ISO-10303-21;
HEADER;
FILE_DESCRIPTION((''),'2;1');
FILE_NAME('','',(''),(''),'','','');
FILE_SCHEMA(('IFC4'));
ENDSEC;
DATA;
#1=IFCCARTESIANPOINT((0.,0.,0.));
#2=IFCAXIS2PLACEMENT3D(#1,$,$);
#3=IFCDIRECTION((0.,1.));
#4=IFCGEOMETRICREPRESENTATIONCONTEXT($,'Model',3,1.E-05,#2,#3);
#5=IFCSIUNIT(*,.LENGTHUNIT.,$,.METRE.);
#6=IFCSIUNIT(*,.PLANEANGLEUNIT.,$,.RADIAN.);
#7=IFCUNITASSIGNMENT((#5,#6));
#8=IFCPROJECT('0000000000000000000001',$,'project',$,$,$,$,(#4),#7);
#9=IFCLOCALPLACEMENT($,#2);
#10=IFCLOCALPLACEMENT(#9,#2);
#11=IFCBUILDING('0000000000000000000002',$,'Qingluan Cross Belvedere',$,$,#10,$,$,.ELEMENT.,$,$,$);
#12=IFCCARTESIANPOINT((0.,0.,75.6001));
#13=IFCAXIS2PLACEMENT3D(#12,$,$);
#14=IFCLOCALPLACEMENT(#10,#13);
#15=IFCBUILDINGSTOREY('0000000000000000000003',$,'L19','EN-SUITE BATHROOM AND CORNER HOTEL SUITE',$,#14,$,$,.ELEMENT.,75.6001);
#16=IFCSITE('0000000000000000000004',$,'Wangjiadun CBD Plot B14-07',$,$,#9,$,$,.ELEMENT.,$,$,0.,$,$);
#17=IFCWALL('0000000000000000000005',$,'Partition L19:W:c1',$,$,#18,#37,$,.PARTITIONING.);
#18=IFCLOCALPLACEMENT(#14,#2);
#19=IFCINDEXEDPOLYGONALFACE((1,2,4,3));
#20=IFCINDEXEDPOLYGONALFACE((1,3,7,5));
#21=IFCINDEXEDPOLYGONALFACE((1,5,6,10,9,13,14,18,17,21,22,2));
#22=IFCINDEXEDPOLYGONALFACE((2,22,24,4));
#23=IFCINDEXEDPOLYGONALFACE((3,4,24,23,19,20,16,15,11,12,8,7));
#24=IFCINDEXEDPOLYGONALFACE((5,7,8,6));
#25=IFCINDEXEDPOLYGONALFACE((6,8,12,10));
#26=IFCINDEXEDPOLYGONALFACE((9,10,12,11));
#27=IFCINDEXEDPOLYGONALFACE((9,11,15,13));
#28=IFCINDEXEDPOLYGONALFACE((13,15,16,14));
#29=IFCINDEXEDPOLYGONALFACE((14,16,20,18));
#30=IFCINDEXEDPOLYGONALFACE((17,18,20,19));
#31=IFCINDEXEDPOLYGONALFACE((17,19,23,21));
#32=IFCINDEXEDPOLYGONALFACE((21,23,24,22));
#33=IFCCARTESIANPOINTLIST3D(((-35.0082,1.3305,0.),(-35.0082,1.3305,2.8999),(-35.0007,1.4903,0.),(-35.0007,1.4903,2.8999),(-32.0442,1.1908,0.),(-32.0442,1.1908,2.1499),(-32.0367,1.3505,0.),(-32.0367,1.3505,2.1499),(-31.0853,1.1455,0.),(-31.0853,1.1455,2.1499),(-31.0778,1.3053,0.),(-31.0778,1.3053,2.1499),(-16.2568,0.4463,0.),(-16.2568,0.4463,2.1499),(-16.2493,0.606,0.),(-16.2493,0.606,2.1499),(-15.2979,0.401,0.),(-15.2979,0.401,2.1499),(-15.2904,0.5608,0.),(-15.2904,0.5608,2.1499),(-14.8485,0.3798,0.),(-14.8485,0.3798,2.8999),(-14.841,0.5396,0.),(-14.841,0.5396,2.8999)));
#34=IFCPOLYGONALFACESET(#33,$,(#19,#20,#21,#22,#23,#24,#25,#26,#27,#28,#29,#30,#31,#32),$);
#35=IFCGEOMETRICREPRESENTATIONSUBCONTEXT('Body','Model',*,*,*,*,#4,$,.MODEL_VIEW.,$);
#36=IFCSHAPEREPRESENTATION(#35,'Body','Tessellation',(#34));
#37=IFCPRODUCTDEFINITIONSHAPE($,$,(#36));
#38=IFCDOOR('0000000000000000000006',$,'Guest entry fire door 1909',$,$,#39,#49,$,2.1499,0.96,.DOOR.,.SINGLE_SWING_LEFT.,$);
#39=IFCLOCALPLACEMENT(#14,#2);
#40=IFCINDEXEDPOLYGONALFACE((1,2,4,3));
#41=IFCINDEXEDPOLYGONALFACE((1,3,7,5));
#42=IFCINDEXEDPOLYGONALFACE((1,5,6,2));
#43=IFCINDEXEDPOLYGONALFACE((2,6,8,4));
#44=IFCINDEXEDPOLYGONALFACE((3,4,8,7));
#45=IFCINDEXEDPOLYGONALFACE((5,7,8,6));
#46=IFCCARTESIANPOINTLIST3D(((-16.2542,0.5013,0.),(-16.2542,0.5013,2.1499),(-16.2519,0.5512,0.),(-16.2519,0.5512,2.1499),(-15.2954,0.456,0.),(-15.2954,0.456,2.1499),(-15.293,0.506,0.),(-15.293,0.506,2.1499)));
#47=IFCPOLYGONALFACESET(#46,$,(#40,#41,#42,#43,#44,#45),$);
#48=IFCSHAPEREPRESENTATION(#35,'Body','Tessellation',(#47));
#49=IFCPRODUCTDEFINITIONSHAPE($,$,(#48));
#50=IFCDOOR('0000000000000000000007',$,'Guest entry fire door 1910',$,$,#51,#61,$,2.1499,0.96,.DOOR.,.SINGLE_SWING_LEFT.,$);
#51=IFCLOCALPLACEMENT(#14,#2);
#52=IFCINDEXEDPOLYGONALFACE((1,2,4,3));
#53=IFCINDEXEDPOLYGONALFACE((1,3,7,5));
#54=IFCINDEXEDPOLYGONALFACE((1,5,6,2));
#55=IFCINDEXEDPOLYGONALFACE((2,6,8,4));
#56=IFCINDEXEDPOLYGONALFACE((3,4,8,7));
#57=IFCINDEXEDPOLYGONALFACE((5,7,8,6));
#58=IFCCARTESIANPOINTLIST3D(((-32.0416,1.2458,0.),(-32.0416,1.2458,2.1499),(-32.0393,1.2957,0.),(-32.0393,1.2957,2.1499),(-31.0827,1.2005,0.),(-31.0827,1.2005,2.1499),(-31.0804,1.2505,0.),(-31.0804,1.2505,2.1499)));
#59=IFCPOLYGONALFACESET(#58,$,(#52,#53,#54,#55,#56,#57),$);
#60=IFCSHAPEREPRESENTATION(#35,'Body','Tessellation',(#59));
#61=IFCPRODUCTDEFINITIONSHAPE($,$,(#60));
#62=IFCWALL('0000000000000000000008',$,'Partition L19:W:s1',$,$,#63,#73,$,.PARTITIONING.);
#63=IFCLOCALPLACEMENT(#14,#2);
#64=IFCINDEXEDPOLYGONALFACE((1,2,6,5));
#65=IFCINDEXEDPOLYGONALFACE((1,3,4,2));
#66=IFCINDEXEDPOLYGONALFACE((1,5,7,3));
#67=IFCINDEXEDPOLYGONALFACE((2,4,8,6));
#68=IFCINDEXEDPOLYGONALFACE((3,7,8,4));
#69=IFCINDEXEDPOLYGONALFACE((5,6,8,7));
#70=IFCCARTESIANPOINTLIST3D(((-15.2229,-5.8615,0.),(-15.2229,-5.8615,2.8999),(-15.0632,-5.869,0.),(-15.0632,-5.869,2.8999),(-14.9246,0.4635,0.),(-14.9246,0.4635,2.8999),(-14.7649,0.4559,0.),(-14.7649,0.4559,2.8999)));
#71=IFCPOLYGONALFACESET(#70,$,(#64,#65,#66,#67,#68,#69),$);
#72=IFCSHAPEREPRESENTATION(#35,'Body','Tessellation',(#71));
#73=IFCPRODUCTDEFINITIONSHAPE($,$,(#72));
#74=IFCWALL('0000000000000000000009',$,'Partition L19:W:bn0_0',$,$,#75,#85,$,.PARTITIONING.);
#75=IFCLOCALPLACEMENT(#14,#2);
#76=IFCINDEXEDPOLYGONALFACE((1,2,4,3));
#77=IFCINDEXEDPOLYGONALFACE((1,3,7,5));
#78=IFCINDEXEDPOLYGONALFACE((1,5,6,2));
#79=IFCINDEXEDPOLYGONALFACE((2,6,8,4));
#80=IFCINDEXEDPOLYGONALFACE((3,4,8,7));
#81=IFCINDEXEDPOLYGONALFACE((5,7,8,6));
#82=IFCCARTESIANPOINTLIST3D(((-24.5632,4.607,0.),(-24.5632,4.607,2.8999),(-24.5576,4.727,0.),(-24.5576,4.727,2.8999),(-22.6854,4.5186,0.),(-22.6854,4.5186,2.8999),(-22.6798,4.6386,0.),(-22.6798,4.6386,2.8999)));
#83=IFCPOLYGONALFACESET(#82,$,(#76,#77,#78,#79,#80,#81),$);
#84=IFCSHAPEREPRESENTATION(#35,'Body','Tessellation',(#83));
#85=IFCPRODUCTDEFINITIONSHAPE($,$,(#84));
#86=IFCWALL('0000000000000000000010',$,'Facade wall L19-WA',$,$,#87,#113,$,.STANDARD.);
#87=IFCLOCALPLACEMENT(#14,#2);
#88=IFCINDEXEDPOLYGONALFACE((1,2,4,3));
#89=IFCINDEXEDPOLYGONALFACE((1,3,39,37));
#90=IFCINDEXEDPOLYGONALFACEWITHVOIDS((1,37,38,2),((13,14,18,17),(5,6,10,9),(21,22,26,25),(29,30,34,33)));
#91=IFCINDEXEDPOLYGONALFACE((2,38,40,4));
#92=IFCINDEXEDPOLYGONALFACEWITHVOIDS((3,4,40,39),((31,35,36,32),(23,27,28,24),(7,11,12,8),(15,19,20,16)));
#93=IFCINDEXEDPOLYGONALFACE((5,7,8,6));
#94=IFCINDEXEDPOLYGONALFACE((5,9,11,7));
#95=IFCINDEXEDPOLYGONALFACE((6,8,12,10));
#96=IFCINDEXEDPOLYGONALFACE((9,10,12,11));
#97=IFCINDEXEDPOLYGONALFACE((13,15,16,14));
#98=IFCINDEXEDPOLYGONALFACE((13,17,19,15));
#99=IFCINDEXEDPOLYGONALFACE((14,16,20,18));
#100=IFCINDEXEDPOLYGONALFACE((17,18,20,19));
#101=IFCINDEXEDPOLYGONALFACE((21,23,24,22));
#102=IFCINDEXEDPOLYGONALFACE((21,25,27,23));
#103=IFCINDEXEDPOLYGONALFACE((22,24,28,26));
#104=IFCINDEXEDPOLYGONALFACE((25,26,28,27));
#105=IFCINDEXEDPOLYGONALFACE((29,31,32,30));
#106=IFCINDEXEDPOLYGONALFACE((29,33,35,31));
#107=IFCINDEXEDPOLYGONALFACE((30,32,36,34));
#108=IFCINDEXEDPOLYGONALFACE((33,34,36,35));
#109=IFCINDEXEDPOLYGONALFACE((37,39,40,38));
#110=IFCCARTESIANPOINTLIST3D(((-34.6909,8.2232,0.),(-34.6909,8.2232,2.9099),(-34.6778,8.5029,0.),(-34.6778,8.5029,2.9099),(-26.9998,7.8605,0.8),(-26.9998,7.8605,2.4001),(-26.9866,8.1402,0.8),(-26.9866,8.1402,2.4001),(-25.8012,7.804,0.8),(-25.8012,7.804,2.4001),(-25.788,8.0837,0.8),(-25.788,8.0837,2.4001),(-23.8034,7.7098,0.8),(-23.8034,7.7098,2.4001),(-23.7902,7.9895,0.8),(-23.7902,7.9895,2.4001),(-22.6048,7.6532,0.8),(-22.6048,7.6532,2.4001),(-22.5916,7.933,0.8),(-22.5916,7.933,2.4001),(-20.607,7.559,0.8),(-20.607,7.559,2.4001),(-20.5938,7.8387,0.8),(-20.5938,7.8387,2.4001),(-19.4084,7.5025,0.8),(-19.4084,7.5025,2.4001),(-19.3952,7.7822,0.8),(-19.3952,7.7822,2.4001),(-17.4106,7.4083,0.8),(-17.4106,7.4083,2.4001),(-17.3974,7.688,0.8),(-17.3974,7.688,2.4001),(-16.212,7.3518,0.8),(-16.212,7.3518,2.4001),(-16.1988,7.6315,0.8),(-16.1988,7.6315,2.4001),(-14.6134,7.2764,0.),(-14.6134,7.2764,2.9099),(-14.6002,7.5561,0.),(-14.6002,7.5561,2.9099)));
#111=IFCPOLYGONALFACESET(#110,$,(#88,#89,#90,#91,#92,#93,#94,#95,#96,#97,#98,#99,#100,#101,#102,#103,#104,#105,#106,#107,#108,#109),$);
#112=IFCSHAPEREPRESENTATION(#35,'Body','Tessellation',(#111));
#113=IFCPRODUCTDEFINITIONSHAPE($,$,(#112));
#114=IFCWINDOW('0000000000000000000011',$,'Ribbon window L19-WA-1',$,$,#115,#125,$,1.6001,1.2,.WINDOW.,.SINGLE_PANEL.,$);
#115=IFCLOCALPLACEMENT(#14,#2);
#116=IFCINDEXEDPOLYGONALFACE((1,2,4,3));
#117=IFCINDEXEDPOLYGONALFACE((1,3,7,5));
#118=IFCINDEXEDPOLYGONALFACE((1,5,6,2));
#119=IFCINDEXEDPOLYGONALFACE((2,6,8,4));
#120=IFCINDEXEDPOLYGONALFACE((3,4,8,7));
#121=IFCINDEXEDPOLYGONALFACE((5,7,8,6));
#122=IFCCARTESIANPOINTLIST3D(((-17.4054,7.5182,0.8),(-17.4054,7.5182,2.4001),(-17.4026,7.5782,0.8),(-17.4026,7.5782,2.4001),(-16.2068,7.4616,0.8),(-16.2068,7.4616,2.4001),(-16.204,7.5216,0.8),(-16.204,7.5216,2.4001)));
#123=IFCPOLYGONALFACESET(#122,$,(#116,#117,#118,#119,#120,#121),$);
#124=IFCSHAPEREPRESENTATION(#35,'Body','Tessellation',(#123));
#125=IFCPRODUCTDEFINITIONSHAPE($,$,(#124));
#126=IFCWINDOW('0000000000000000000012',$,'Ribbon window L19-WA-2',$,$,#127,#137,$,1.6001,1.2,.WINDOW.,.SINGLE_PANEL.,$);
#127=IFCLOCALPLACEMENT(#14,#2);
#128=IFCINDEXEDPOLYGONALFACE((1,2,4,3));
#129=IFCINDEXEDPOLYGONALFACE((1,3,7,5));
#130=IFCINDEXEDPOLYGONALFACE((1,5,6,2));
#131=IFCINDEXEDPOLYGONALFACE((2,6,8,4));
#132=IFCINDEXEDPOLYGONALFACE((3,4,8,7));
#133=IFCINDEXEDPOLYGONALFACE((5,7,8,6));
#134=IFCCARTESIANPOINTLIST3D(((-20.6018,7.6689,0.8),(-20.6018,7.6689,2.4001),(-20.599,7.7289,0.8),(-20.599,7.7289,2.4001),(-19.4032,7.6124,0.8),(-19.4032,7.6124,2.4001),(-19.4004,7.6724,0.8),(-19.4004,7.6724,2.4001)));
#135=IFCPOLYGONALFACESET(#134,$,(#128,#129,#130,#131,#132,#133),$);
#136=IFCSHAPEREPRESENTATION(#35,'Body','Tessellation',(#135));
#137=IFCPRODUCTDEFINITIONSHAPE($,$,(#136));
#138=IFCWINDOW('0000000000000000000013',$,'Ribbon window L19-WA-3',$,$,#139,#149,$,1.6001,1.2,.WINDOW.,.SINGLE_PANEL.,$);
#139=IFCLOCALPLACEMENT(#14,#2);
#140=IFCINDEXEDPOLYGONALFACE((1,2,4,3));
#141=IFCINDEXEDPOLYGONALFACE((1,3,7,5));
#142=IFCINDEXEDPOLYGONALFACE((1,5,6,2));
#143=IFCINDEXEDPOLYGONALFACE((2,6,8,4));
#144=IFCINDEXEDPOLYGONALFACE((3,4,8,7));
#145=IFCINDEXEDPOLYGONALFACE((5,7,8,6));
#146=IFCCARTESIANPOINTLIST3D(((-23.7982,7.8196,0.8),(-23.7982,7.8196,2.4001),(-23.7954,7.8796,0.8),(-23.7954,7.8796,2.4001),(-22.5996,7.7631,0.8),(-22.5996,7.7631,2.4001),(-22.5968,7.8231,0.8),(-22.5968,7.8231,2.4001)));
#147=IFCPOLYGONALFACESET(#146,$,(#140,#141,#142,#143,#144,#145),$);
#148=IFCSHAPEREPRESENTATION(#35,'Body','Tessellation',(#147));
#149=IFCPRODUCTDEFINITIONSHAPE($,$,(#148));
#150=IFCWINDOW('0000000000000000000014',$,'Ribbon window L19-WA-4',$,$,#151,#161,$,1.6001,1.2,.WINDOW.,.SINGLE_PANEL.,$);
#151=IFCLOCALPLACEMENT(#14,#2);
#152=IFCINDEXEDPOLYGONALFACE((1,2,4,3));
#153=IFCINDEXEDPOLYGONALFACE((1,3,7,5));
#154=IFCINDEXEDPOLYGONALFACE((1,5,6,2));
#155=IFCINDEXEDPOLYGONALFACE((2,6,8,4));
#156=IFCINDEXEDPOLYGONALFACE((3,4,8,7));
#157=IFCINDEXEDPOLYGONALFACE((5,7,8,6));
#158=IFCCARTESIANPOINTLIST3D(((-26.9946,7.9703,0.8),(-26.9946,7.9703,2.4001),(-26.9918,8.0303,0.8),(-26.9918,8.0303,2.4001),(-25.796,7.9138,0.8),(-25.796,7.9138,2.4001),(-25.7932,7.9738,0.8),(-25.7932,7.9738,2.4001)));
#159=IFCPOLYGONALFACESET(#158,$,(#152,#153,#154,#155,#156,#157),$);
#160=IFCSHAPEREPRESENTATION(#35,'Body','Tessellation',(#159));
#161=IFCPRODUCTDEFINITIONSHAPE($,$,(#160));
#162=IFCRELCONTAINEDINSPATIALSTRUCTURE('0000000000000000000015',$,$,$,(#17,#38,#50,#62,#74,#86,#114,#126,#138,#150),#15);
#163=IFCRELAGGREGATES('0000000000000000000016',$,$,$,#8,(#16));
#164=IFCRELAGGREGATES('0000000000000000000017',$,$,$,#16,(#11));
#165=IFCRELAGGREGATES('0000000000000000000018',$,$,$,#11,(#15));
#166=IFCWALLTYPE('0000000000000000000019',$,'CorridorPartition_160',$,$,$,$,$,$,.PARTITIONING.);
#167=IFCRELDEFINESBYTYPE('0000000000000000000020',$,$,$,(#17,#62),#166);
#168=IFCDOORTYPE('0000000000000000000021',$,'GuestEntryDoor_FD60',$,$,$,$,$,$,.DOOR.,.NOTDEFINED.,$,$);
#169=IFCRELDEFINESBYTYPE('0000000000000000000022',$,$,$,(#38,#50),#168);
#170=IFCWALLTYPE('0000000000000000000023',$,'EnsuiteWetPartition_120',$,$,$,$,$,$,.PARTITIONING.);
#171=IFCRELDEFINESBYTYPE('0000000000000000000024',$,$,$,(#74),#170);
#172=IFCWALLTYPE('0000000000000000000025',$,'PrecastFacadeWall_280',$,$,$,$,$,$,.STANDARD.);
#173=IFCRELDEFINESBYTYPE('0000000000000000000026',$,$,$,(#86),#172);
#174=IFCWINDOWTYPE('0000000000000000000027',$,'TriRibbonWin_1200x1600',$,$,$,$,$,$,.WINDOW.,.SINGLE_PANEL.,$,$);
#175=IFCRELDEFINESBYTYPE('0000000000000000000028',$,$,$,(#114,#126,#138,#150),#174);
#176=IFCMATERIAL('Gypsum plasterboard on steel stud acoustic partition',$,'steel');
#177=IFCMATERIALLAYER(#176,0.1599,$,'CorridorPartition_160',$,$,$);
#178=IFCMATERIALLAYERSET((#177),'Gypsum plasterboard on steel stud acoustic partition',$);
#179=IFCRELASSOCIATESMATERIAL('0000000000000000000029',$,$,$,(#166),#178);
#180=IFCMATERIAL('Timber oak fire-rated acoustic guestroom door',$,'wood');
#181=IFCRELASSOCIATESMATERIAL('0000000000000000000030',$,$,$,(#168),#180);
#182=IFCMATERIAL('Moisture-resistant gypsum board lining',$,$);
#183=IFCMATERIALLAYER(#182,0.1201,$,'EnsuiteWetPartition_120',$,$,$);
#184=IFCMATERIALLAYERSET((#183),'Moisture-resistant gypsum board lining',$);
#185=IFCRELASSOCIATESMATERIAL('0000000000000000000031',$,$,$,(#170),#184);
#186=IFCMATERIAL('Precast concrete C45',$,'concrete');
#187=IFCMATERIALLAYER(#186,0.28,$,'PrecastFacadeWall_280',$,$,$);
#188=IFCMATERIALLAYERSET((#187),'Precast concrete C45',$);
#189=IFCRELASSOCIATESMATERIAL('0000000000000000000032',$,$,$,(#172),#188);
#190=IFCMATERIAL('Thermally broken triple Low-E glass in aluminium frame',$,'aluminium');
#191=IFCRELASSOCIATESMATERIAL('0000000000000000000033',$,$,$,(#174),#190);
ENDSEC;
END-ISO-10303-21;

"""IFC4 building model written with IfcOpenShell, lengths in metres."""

from ifc_helpers import new_model, si_unit, direction, frame, frame_2d, origin, place, context, subcontext, project, spatial, rectangle, extrude, material, layer, layer_set, type_object, element, fill, save


model = new_model("IFC4")

# Units and contexts
model_context = context("Model", 3, precision=1e-05, world=origin(), true_north=direction((0.0, 1.0)))
body_context = subcontext(model_context, "Body", "Model", "MODEL_VIEW")
ifc_project = project(units=[si_unit("LENGTHUNIT", "METRE"), si_unit("PLANEANGLEUNIT", "RADIAN")], contexts=[model_context])

# Site, building, storey
site_placement = place(None, origin())
site = spatial("IfcSite", under=ifc_project, at=site_placement, Name="Wangjiadun CBD Plot B14-07", CompositionType="ELEMENT", RefElevation=0.0)
building_placement = place(site_placement, origin())
building = spatial("IfcBuilding", under=site, at=building_placement, Name="Qingluan Cross Belvedere", CompositionType="ELEMENT")
storey_placement = place(building_placement, frame((0.0, 0.0, 75.6001)))
storey = spatial("IfcBuildingStorey", under=building, at=storey_placement, Name="L19", Description="EN-SUITE BATHROOM AND CORNER HOTEL SUITE", CompositionType="ELEMENT", Elevation=75.6001)

# Shared definitions
ifc_material_1 = material(Name="Gypsum plasterboard on steel stud acoustic partition", Category="steel")
ifc_layer_1 = layer(ifc_material_1, 0.1599, Name="CorridorPartition_160")
ifc_layer_set_1 = layer_set([ifc_layer_1], Name="Gypsum plasterboard on steel stud acoustic partition")
wall_type_1 = type_object("IfcWallType", Name="CorridorPartition_160", PredefinedType="PARTITIONING", material=ifc_layer_set_1)
ifc_material_2 = material(Name="Timber oak fire-rated acoustic guestroom door", Category="wood")
door_type = type_object("IfcDoorType", Name="GuestEntryDoor_FD60", OperationType="NOTDEFINED", PredefinedType="DOOR", material=ifc_material_2)

# Wall, openings, doors
wall_1_placement = place(storey_placement, frame((-14.8447, 0.4597, 0.0), z_axis=(0.0, 0.0, 1.0), x_axis=(-0.99889, 0.047105, 0.0)))
wall_1 = element("IfcWall", 1, at=wall_1_placement, inside=storey, type_object=wall_type_1, Name="Partition L19:W:c1", PredefinedType="PARTITIONING", context=body_context, shape_type="SweptSolid", body=[
    extrude(rectangle(XDim=20.1821, YDim=0.1599, at=frame_2d((10.0911, 0.0))), origin(), (0.0, 0.0, 1.0), 2.8999),
])
opening_1_placement = place(wall_1_placement, frame((0.45, 0.0, 0.0)))
opening_1 = element("IfcOpeningElement", 2, at=opening_1_placement, cuts=wall_1, PredefinedType="OPENING", context=body_context, shape_type="SweptSolid", body=[
    extrude(rectangle(XDim=0.96, YDim=2.1499, at=frame_2d((0.48, 1.075))), frame((0.0, 0.0898, 0.0), z_axis=(0.0, -1.0, 0.0), x_axis=(1.0, 0.0, 0.0)), (0.0, 0.0, 1.0), 0.1799),
])
opening_2_placement = place(wall_1_placement, frame((16.2549, 0.0, 0.0)))
opening_2 = element("IfcOpeningElement", 3, at=opening_2_placement, cuts=wall_1, PredefinedType="OPENING", context=body_context, shape_type="SweptSolid", body=[
    extrude(rectangle(XDim=0.96, YDim=2.1499, at=frame_2d((0.48, 1.075))), frame((0.0, 0.0898, 0.0), z_axis=(0.0, -1.0, 0.0), x_axis=(1.0, 0.0, 0.0)), (0.0, 0.0, 1.0), 0.1799),
])
door_1_placement = place(opening_1_placement, origin())
door_1 = element("IfcDoor", 4, at=door_1_placement, inside=storey, type_object=door_type, Name="Guest entry fire door 1909", OperationType="SINGLE_SWING_LEFT", OverallHeight=2.1499, OverallWidth=0.96, PredefinedType="DOOR", context=body_context, shape_type="SweptSolid", body=[
    extrude(rectangle(XDim=0.96, YDim=2.1499, at=frame_2d((0.48, 1.075))), frame((0.0, 0.0249, 0.0), z_axis=(0.0, -1.0, 0.0), x_axis=(1.0, 0.0, 0.0)), (0.0, 0.0, 1.0), 0.05),
])
fill(opening_1, door_1)
door_2_placement = place(opening_2_placement, origin())
door_2 = element("IfcDoor", 5, at=door_2_placement, inside=storey, type_object=door_type, Name="Guest entry fire door 1910", OperationType="SINGLE_SWING_LEFT", OverallHeight=2.1499, OverallWidth=0.96, PredefinedType="DOOR", context=body_context, shape_type="SweptSolid", body=[
    extrude(rectangle(XDim=0.96, YDim=2.1499, at=frame_2d((0.48, 1.075))), frame((0.0, 0.0249, 0.0), z_axis=(0.0, -1.0, 0.0), x_axis=(1.0, 0.0, 0.0)), (0.0, 0.0, 1.0), 0.05),
])
fill(opening_2, door_2)

# Walls
wall_2_placement = place(storey_placement, frame((-14.8447, 0.4597, 0.0), z_axis=(0.0, 0.0, 1.0), x_axis=(-0.047116, -0.998889, 0.0)))
element("IfcWall", 6, at=wall_2_placement, inside=storey, type_object=wall_type_1, Name="Partition L19:W:s1", PredefinedType="PARTITIONING", context=body_context, shape_type="SweptSolid", body=[
    extrude(rectangle(XDim=6.332, YDim=0.1599, at=frame_2d((3.166, 0.0))), origin(), (0.0, 0.0, 1.0), 2.8999),
])
ifc_material_3 = material(Name="Moisture-resistant gypsum board lining")
ifc_layer_2 = layer(ifc_material_3, 0.1201, Name="EnsuiteWetPartition_120")
ifc_layer_set_2 = layer_set([ifc_layer_2], Name="Moisture-resistant gypsum board lining")
wall_type_2 = type_object("IfcWallType", Name="EnsuiteWetPartition_120", PredefinedType="PARTITIONING", material=ifc_layer_set_2)
wall_3_placement = place(storey_placement, frame((-22.6826, 4.5786, 0.0), z_axis=(0.0, 0.0, 1.0), x_axis=(-0.998894, 0.047016, 0.0)))
element("IfcWall", 7, at=wall_3_placement, inside=storey, type_object=wall_type_2, Name="Partition L19:W:bn0_0", PredefinedType="PARTITIONING", context=body_context, shape_type="SweptSolid", body=[
    extrude(rectangle(XDim=1.8799, YDim=0.1201, at=frame_2d((0.9399, 0.0))), origin(), (0.0, 0.0, 1.0), 2.8999),
])

# Wall, openings, windows
ifc_material_4 = material(Name="Precast concrete C45", Category="concrete")
ifc_layer_3 = layer(ifc_material_4, 0.28, Name="PrecastFacadeWall_280")
ifc_layer_set_3 = layer_set([ifc_layer_3], Name="Precast concrete C45")
wall_type_3 = type_object("IfcWallType", Name="PrecastFacadeWall_280", PredefinedType="STANDARD", material=ifc_layer_set_3)
wall_4_placement = place(storey_placement, frame((-14.6069, 7.4163, 0.0), z_axis=(0.0, 0.0, 1.0), x_axis=(-0.99889, 0.047103, 0.0)))
wall_4 = element("IfcWall", 8, at=wall_4_placement, inside=storey, type_object=wall_type_3, Name="Facade wall L19-WA", PredefinedType="STANDARD", context=body_context, shape_type="SweptSolid", body=[
    extrude(rectangle(XDim=20.0999, YDim=0.28, at=frame_2d((10.0498, 0.0))), origin(), (0.0, 0.0, 1.0), 2.9099),
])
opening_3_placement = place(wall_4_placement, frame((1.6001, 0.0, 0.8)))
opening_3 = element("IfcOpeningElement", 9, at=opening_3_placement, cuts=wall_4, PredefinedType="OPENING", context=body_context, shape_type="SweptSolid", body=[
    extrude(rectangle(XDim=1.2, YDim=1.6001, at=frame_2d((0.6001, 0.8))), frame((0.0, 0.1499, 0.0), z_axis=(0.0, -1.0, 0.0), x_axis=(1.0, 0.0, 0.0)), (0.0, 0.0, 1.0), 0.3),
])
opening_4_placement = place(wall_4_placement, frame((4.8, 0.0, 0.8)))
opening_4 = element("IfcOpeningElement", 10, at=opening_4_placement, cuts=wall_4, PredefinedType="OPENING", context=body_context, shape_type="SweptSolid", body=[
    extrude(rectangle(XDim=1.2, YDim=1.6001, at=frame_2d((0.6001, 0.8))), frame((0.0, 0.1499, 0.0), z_axis=(0.0, -1.0, 0.0), x_axis=(1.0, 0.0, 0.0)), (0.0, 0.0, 1.0), 0.3),
])
opening_5_placement = place(wall_4_placement, frame((8.0, 0.0, 0.8)))
opening_5 = element("IfcOpeningElement", 11, at=opening_5_placement, cuts=wall_4, PredefinedType="OPENING", context=body_context, shape_type="SweptSolid", body=[
    extrude(rectangle(XDim=1.2, YDim=1.6001, at=frame_2d((0.6001, 0.8))), frame((0.0, 0.1499, 0.0), z_axis=(0.0, -1.0, 0.0), x_axis=(1.0, 0.0, 0.0)), (0.0, 0.0, 1.0), 0.3),
])
opening_6_placement = place(wall_4_placement, frame((11.2, 0.0, 0.8)))
opening_6 = element("IfcOpeningElement", 12, at=opening_6_placement, cuts=wall_4, PredefinedType="OPENING", context=body_context, shape_type="SweptSolid", body=[
    extrude(rectangle(XDim=1.2, YDim=1.6001, at=frame_2d((0.6001, 0.8))), frame((0.0, 0.1499, 0.0), z_axis=(0.0, -1.0, 0.0), x_axis=(1.0, 0.0, 0.0)), (0.0, 0.0, 1.0), 0.3),
])
ifc_material_5 = material(Name="Thermally broken triple Low-E glass in aluminium frame", Category="aluminium")
window_type = type_object("IfcWindowType", Name="TriRibbonWin_1200x1600", PartitioningType="SINGLE_PANEL", PredefinedType="WINDOW", material=ifc_material_5)
window_1_placement = place(opening_3_placement, origin())
window_1 = element("IfcWindow", 13, at=window_1_placement, inside=storey, type_object=window_type, Name="Ribbon window L19-WA-1", OverallHeight=1.6001, OverallWidth=1.2, PartitioningType="SINGLE_PANEL", PredefinedType="WINDOW", context=body_context, shape_type="SweptSolid", body=[
    extrude(rectangle(XDim=1.2, YDim=1.6001, at=frame_2d((0.6001, 0.8))), frame((0.0, 0.03, 0.0), z_axis=(0.0, -1.0, 0.0), x_axis=(1.0, 0.0, 0.0)), (0.0, 0.0, 1.0), 0.0601),
])
fill(opening_3, window_1)
window_2_placement = place(opening_4_placement, origin())
window_2 = element("IfcWindow", 14, at=window_2_placement, inside=storey, type_object=window_type, Name="Ribbon window L19-WA-2", OverallHeight=1.6001, OverallWidth=1.2, PartitioningType="SINGLE_PANEL", PredefinedType="WINDOW", context=body_context, shape_type="SweptSolid", body=[
    extrude(rectangle(XDim=1.2, YDim=1.6001, at=frame_2d((0.6001, 0.8))), frame((0.0, 0.03, 0.0), z_axis=(0.0, -1.0, 0.0), x_axis=(1.0, 0.0, 0.0)), (0.0, 0.0, 1.0), 0.0601),
])
fill(opening_4, window_2)
window_3_placement = place(opening_5_placement, origin())
window_3 = element("IfcWindow", 15, at=window_3_placement, inside=storey, type_object=window_type, Name="Ribbon window L19-WA-3", OverallHeight=1.6001, OverallWidth=1.2, PartitioningType="SINGLE_PANEL", PredefinedType="WINDOW", context=body_context, shape_type="SweptSolid", body=[
    extrude(rectangle(XDim=1.2, YDim=1.6001, at=frame_2d((0.6001, 0.8))), frame((0.0, 0.03, 0.0), z_axis=(0.0, -1.0, 0.0), x_axis=(1.0, 0.0, 0.0)), (0.0, 0.0, 1.0), 0.0601),
])
fill(opening_5, window_3)
window_4_placement = place(opening_6_placement, origin())
window_4 = element("IfcWindow", 16, at=window_4_placement, inside=storey, type_object=window_type, Name="Ribbon window L19-WA-4", OverallHeight=1.6001, OverallWidth=1.2, PartitioningType="SINGLE_PANEL", PredefinedType="WINDOW", context=body_context, shape_type="SweptSolid", body=[
    extrude(rectangle(XDim=1.2, YDim=1.6001, at=frame_2d((0.6001, 0.8))), frame((0.0, 0.03, 0.0), z_axis=(0.0, -1.0, 0.0), x_axis=(1.0, 0.0, 0.0)), (0.0, 0.0, 1.0), 0.0601),
])
fill(opening_6, window_4)

save(model, "model.ifc")
